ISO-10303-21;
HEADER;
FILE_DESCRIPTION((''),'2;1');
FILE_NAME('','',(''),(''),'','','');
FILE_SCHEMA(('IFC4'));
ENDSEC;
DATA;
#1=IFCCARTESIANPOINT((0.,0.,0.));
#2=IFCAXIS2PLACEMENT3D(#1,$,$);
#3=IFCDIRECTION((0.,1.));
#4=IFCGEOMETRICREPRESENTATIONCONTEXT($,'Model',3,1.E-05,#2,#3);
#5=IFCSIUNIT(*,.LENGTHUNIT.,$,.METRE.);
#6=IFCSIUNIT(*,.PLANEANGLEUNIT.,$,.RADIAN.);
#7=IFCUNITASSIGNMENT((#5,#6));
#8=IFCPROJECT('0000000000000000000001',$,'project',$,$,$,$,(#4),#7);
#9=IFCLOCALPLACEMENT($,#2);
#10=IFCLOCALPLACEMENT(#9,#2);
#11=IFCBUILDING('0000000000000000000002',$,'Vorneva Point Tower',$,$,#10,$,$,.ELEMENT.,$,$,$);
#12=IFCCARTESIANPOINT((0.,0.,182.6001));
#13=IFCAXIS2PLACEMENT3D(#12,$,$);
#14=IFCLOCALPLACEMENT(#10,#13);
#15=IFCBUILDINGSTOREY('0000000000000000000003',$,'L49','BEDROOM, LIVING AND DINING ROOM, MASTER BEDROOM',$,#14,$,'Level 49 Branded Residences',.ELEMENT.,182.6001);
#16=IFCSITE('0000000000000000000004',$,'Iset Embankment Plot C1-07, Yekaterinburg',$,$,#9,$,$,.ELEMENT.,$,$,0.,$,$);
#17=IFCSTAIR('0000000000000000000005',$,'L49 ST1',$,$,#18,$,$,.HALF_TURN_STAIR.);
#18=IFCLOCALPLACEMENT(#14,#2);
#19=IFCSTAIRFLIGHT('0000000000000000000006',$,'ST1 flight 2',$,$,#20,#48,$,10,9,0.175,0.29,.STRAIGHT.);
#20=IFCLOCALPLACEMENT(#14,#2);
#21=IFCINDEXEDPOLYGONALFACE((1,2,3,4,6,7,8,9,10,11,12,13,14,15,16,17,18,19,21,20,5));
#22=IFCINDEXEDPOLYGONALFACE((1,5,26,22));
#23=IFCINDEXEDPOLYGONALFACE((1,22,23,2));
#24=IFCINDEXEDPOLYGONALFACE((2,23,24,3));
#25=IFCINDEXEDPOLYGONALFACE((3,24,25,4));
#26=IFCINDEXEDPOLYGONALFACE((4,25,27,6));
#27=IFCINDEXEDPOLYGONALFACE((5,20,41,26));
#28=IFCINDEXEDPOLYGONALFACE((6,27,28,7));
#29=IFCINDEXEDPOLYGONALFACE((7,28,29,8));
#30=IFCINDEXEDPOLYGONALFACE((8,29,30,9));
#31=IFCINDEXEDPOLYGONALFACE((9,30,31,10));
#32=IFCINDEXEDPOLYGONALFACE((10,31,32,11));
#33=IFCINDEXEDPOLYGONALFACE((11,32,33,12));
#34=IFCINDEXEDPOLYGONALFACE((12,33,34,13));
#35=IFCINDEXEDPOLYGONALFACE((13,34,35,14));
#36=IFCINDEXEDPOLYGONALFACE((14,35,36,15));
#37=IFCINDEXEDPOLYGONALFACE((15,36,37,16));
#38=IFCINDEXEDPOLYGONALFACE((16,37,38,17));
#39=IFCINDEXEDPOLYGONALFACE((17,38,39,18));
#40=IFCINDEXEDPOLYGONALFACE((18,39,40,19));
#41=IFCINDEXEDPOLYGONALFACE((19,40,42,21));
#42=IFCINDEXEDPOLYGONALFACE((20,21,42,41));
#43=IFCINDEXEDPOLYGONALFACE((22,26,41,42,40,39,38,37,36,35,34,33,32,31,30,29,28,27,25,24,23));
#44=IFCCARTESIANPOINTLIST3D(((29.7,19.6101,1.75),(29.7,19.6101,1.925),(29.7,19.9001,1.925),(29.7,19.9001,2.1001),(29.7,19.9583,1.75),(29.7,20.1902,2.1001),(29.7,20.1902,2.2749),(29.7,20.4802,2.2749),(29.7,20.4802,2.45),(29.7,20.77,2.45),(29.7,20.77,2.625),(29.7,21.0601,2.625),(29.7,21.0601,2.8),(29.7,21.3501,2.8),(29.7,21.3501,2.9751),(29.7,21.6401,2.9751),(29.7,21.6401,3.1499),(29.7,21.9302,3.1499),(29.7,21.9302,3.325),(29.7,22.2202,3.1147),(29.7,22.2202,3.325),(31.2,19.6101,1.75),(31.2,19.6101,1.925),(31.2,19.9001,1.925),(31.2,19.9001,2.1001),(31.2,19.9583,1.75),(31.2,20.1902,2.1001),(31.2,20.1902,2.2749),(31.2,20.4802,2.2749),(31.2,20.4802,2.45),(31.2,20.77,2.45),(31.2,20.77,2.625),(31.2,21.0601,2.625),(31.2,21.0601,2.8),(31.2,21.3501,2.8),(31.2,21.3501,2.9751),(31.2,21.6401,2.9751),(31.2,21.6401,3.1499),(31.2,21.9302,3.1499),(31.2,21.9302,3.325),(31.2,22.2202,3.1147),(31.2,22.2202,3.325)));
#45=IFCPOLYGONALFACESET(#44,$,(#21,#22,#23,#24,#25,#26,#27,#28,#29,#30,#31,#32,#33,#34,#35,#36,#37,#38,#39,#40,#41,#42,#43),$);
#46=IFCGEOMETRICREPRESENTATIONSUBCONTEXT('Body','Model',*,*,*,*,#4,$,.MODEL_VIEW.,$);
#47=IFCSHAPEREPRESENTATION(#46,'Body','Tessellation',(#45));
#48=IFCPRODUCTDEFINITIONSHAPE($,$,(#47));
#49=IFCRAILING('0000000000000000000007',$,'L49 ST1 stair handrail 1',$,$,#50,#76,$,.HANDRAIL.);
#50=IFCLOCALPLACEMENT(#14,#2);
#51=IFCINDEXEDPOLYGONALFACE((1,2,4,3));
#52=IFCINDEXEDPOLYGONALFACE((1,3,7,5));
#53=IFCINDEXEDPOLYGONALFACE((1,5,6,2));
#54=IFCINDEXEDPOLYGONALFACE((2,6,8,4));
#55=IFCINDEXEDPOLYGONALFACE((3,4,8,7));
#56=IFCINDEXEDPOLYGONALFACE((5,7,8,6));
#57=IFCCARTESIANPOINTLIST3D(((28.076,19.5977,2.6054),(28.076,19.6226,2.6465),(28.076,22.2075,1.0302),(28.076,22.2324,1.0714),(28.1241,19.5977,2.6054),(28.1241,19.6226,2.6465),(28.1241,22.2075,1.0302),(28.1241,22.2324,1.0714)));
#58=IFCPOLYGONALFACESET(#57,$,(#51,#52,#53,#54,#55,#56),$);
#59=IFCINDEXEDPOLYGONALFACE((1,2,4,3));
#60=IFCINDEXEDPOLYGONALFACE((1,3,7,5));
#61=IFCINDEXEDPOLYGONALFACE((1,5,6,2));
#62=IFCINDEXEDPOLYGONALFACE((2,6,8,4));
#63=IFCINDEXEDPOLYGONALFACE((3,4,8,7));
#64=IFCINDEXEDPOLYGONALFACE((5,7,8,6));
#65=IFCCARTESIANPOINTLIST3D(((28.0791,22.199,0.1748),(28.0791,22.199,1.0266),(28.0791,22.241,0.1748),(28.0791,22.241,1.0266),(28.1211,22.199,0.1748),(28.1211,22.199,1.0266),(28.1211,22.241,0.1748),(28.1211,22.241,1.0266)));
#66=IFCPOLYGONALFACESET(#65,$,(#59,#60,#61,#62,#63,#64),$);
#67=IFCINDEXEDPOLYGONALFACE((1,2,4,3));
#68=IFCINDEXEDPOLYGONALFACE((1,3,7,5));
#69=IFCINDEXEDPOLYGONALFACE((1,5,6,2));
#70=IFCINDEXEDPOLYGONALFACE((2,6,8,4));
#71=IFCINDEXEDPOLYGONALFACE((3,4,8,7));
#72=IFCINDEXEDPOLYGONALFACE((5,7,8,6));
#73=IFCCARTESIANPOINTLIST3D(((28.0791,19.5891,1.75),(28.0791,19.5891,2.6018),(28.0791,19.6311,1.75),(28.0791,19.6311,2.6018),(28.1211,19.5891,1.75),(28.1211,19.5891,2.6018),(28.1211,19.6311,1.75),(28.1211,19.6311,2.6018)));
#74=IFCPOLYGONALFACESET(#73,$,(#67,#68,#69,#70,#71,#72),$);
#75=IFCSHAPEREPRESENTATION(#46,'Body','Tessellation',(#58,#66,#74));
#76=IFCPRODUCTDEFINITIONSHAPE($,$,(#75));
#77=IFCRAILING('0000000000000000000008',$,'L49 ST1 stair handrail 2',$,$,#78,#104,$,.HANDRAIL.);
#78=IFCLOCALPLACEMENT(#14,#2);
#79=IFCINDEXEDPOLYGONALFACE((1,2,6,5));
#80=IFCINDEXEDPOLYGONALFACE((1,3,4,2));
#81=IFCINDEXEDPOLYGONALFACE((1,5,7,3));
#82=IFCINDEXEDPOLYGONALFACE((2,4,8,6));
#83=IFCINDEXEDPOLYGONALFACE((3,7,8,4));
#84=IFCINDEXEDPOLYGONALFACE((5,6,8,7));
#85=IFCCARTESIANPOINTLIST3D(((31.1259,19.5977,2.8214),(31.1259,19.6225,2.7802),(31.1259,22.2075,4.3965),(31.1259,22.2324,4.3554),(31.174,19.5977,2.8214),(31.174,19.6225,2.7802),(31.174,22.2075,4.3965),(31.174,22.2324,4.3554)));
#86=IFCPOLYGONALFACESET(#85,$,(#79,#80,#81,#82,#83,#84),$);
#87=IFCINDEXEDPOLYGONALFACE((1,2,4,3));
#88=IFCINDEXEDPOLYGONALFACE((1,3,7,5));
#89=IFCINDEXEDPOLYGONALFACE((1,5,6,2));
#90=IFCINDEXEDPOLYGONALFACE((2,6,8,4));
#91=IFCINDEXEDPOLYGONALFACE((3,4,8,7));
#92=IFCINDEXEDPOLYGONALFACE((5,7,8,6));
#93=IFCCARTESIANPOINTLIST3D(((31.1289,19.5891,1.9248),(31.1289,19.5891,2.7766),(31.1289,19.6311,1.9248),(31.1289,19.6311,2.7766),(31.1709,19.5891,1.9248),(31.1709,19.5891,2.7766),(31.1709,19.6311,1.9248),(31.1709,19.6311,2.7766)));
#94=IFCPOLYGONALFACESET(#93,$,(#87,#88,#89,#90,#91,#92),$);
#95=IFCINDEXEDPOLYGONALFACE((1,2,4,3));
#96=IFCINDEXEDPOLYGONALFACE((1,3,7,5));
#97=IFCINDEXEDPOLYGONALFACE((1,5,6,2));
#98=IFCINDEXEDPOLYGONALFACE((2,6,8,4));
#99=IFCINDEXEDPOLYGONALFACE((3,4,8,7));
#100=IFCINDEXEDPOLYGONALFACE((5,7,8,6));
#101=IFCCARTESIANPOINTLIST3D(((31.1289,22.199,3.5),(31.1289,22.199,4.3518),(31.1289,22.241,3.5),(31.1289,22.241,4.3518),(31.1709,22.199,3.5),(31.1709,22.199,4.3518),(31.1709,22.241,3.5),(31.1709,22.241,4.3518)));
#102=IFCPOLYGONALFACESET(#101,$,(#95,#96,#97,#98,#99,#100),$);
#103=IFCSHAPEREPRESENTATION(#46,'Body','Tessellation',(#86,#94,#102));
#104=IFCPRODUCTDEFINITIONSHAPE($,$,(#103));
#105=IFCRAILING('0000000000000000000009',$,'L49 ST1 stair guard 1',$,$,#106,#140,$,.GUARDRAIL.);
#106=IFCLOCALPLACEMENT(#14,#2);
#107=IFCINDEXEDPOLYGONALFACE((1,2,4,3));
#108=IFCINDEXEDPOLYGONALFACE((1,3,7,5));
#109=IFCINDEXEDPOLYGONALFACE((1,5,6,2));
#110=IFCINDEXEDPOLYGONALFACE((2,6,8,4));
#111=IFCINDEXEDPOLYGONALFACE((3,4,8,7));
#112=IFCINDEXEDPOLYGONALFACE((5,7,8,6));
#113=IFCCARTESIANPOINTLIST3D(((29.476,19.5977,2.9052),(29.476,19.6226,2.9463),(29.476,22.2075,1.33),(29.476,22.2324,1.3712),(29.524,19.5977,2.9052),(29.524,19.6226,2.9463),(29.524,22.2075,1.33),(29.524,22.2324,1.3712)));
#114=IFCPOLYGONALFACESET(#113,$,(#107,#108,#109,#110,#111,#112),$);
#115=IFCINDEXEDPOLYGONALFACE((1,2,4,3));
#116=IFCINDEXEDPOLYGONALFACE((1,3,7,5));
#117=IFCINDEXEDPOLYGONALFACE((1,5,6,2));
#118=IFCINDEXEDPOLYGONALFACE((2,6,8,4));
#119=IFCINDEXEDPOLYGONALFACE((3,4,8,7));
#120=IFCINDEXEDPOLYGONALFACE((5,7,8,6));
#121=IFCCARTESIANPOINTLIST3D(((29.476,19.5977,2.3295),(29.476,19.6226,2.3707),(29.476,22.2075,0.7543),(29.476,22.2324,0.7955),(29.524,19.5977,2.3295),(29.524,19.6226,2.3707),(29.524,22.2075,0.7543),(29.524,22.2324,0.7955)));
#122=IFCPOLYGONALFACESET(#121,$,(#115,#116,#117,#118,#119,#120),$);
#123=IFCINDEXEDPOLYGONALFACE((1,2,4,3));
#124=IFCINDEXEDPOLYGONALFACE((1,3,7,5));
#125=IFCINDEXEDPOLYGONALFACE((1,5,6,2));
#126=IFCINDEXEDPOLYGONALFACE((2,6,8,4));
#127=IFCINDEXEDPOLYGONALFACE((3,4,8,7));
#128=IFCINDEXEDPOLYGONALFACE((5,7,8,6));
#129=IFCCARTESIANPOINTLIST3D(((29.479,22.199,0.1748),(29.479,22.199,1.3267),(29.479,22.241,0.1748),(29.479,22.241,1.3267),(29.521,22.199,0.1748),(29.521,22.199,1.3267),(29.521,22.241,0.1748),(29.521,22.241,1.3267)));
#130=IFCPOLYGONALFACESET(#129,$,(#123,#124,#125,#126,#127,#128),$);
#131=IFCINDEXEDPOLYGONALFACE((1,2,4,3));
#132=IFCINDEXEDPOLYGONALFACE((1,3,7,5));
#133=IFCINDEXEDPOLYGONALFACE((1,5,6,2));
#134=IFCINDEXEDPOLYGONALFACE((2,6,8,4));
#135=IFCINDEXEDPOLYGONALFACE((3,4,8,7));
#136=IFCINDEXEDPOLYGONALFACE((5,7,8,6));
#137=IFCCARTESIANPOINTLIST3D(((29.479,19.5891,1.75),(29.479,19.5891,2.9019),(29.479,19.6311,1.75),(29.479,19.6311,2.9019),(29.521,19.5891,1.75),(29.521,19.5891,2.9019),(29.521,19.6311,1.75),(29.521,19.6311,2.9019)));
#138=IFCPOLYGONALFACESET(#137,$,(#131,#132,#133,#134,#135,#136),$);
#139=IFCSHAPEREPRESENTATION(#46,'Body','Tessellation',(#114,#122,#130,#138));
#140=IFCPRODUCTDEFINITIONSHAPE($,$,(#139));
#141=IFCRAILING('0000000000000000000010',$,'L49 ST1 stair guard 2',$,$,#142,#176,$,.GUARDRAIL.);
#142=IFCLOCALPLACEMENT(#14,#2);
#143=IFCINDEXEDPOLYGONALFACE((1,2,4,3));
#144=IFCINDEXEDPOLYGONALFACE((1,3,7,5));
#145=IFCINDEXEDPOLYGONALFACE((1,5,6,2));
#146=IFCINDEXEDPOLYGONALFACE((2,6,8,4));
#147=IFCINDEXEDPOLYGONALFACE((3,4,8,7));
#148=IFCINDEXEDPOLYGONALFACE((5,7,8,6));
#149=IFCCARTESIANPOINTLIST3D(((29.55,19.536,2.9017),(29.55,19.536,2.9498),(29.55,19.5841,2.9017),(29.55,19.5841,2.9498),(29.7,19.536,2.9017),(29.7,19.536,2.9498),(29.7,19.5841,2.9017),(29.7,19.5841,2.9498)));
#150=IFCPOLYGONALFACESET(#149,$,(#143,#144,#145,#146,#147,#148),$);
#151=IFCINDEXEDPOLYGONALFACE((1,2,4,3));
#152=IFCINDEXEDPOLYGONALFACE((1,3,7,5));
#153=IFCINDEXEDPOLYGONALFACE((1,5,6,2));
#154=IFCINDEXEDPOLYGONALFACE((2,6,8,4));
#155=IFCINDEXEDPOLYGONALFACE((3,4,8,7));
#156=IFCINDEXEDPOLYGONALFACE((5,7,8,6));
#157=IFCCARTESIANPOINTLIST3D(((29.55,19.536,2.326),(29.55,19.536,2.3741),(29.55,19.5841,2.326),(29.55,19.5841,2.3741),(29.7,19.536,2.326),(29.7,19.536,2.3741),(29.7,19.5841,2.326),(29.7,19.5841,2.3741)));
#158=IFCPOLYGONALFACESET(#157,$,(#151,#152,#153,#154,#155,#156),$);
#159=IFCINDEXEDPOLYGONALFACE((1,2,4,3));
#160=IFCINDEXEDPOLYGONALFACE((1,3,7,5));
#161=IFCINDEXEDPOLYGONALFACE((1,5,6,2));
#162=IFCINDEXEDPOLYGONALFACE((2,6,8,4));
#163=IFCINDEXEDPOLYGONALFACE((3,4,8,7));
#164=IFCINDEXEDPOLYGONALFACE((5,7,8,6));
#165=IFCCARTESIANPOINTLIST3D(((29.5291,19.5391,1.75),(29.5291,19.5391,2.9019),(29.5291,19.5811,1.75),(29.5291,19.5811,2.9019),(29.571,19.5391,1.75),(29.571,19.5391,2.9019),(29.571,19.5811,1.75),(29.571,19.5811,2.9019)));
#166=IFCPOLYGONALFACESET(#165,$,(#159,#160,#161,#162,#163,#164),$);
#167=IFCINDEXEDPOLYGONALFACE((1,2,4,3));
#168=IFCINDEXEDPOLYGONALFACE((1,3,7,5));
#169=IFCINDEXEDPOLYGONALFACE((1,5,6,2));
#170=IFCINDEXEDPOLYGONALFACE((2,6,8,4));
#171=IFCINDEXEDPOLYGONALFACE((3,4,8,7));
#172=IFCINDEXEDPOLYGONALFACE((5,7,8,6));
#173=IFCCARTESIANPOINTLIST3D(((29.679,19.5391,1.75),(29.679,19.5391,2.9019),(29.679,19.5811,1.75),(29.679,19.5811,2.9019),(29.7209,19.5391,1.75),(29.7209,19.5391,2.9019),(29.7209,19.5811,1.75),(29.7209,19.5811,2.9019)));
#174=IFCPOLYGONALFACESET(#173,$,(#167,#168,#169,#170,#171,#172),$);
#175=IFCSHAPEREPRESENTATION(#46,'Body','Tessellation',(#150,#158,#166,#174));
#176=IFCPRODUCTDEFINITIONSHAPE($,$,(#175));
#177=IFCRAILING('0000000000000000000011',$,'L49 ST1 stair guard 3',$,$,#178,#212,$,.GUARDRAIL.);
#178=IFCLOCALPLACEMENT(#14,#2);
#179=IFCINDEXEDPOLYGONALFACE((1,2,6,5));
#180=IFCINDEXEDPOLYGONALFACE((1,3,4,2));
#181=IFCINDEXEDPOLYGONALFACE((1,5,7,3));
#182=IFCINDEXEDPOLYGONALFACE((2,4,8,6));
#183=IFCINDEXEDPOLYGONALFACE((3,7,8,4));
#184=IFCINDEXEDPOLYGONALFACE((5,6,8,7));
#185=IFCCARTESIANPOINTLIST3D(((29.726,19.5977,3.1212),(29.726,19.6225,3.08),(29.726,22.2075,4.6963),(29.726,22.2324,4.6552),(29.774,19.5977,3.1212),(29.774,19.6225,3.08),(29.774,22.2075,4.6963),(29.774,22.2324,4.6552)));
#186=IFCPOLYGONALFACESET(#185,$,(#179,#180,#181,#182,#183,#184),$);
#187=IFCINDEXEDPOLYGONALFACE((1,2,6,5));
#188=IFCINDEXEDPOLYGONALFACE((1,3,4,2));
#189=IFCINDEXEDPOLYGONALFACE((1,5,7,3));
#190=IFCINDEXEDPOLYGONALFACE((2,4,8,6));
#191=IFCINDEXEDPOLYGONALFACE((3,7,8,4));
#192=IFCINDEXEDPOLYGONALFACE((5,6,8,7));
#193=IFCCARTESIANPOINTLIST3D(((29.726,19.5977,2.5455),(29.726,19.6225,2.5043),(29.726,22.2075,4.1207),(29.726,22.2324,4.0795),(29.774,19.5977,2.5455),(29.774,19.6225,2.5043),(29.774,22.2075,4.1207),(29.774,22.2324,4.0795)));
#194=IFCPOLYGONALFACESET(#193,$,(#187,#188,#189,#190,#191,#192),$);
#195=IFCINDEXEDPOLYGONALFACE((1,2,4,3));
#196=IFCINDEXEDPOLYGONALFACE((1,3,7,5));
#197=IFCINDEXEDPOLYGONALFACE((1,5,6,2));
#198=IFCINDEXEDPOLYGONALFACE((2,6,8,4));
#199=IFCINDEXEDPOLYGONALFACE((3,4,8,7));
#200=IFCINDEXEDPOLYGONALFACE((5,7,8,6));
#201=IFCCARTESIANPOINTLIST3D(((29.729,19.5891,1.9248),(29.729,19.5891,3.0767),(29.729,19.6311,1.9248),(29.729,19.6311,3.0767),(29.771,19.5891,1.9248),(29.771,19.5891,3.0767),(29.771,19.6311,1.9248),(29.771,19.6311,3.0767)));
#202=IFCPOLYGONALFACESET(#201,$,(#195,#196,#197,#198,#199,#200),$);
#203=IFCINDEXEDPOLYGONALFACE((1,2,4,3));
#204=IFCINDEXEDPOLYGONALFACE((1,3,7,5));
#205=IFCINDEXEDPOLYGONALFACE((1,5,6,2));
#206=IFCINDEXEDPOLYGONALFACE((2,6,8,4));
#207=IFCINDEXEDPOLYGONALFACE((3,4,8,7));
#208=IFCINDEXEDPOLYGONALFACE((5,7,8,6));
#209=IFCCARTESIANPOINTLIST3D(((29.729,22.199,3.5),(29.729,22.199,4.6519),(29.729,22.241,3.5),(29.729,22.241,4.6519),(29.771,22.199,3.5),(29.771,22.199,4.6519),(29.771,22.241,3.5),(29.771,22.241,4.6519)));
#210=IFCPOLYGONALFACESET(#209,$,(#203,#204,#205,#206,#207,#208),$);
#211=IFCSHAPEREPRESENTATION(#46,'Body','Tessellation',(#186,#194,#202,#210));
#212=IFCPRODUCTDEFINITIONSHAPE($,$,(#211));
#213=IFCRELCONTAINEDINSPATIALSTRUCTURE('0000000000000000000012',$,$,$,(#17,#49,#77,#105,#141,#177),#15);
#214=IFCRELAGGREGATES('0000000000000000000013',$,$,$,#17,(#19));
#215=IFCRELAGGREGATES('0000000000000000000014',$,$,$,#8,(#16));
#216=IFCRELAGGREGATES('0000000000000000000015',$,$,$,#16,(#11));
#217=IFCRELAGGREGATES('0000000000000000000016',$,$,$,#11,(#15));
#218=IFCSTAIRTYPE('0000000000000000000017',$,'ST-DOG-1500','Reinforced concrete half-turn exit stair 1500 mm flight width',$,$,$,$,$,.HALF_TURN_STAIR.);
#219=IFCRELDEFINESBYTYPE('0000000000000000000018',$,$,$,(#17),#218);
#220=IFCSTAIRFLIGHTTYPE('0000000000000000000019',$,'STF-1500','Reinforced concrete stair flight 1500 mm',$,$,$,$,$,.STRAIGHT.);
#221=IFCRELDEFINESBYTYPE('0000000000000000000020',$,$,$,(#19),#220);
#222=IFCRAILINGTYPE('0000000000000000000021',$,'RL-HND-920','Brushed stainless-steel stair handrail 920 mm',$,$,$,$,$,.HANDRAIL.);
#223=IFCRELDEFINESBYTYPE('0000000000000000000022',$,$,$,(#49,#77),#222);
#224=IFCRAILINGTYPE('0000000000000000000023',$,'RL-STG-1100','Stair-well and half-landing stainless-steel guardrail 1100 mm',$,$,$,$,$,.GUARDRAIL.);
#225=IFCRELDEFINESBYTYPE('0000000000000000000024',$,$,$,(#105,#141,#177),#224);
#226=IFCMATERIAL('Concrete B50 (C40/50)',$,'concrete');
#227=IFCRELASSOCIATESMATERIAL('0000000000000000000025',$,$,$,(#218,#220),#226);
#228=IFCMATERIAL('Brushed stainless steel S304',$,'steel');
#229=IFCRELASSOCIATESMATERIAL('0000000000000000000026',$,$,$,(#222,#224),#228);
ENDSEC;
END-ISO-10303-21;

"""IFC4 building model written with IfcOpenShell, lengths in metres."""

from ifc_helpers import new_model, si_unit, direction, frame, origin, origin_2d, place, context, subcontext, project, spatial, polyline, rectangle, outline, extrude, material, type_object, element, aggregate, save


model = new_model("IFC4")

# Units and contexts
model_context = context("Model", 3, precision=1e-05, world=origin(), true_north=direction((0.0, 1.0)))
body_context = subcontext(model_context, "Body", "Model", "MODEL_VIEW")
ifc_project = project(units=[si_unit("LENGTHUNIT", "METRE"), si_unit("PLANEANGLEUNIT", "RADIAN")], contexts=[model_context])

# Site, building, storey
site_placement = place(None, origin())
site = spatial("IfcSite", under=ifc_project, at=site_placement, Name="Iset Embankment Plot C1-07, Yekaterinburg", CompositionType="ELEMENT", RefElevation=0.0)
building_placement = place(site_placement, origin())
building = spatial("IfcBuilding", under=site, at=building_placement, Name="Vorneva Point Tower", CompositionType="ELEMENT")
storey_placement = place(building_placement, frame((0.0, 0.0, 182.6001)))
storey = spatial("IfcBuildingStorey", under=building, at=storey_placement, Name="L49", Description="BEDROOM, LIVING AND DINING ROOM, MASTER BEDROOM", LongName="Level 49 Branded Residences", CompositionType="ELEMENT", Elevation=182.6001)

# Shared definitions
ifc_material_1 = material(Name="Concrete B50 (C40/50)", Category="concrete")

# Shared definitions
ifc_material_2 = material(Name="Brushed stainless steel S304", Category="steel")

# Stair, stair flight
stair_type = type_object("IfcStairType", Name="ST-DOG-1500", Description="Reinforced concrete half-turn exit stair 1500 mm flight width", PredefinedType="HALF_TURN_STAIR", material=ifc_material_1)
stair_placement = place(storey_placement, origin())
stair = element("IfcStair", 1, at=stair_placement, inside=storey, type_object=stair_type, Name="L49 ST1", PredefinedType="HALF_TURN_STAIR")
stair_flight_type = type_object("IfcStairFlightType", Name="STF-1500", Description="Reinforced concrete stair flight 1500 mm", PredefinedType="STRAIGHT", material=ifc_material_1)
stair_flight_1_placement = place(storey_placement, frame((30.45, 19.6101, 1.75), z_axis=(0.0, 0.0, 1.0), x_axis=(0.0, 1.0, 0.0)))
stair_flight_1 = element("IfcStairFlight", 2, at=stair_flight_1_placement, type_object=stair_flight_type, Name="ST1 flight 2", NumberOfRisers=10, NumberOfTreads=9, PredefinedType="STRAIGHT", RiserHeight=0.175, TreadLength=0.29, context=body_context, shape_type="SweptSolid", body=[
    extrude(outline(polyline([(0.0, 0.0), (0.0, 0.175), (0.29, 0.175), (0.29, 0.3501), (0.5801, 0.3501), (0.5801, 0.5249), (0.8701, 0.5249), (0.8701, 0.7), (1.1599, 0.7), (1.1599, 0.875), (1.45, 0.875), (1.45, 1.05), (1.74, 1.05), (1.74, 1.2251), (2.03, 1.2251), (2.03, 1.3999), (2.3201, 1.3999), (2.3201, 1.575), (2.6101, 1.575), (2.6101, 1.75), (2.6101, 1.3647), (0.3481, 0.0), (0.0, 0.0)])), frame((0.0, 0.75, 0.0), z_axis=(0.0, -1.0, 0.0), x_axis=(1.0, 0.0, 0.0)), (0.0, 0.0, 1.0), 1.5),
])
aggregate(stair, [stair_flight_1])

# Railings
railing_type_1 = type_object("IfcRailingType", Name="RL-HND-920", Description="Brushed stainless-steel stair handrail 920 mm", PredefinedType="HANDRAIL", material=ifc_material_2)
railing_1_placement = place(storey_placement, frame((28.1001, 22.22, 0.1748)))
element("IfcRailing", 3, at=railing_1_placement, inside=storey, type_object=railing_type_1, Name="L49 ST1 stair handrail 1", PredefinedType="HANDRAIL", context=body_context, shape_type="SweptSolid", body=[
    extrude(rectangle(XDim=0.0481, YDim=0.0481, at=origin_2d()), frame((0.0, 0.0, 0.876), z_axis=(0.0, -0.856147, 0.516732), x_axis=(1.0, 0.0, 0.0)), (0.0, 0.0, 1.0), 3.0483),
    extrude(rectangle(XDim=0.042, YDim=0.042, at=origin_2d()), origin(), (0.0, 0.0, 1.0), 0.8518),
    extrude(rectangle(XDim=0.042, YDim=0.042, at=origin_2d()), frame((0.0, -2.6099, 1.5752)), (0.0, 0.0, 1.0), 0.8518),
])
railing_2_placement = place(storey_placement, frame((31.1499, 19.6101, 1.9248)))
element("IfcRailing", 4, at=railing_2_placement, inside=storey, type_object=railing_type_1, Name="L49 ST1 stair handrail 2", PredefinedType="HANDRAIL", context=body_context, shape_type="SweptSolid", body=[
    extrude(rectangle(XDim=0.0481, YDim=0.0481, at=origin_2d()), frame((0.0, 0.0, 0.876), z_axis=(0.0, 0.856147, 0.516732), x_axis=(-1.0, 0.0, 0.0)), (0.0, 0.0, 1.0), 3.0483),
    extrude(rectangle(XDim=0.042, YDim=0.042, at=origin_2d()), origin(), (0.0, 0.0, 1.0), 0.8518),
    extrude(rectangle(XDim=0.042, YDim=0.042, at=origin_2d()), frame((0.0, 2.6099, 1.5752)), (0.0, 0.0, 1.0), 0.8518),
])
railing_type_2 = type_object("IfcRailingType", Name="RL-STG-1100", Description="Stair-well and half-landing stainless-steel guardrail 1100 mm", PredefinedType="GUARDRAIL", material=ifc_material_2)
railing_3_placement = place(storey_placement, frame((29.5, 22.22, 0.1748)))
element("IfcRailing", 5, at=railing_3_placement, inside=storey, type_object=railing_type_2, Name="L49 ST1 stair guard 1", PredefinedType="GUARDRAIL", context=body_context, shape_type="SweptSolid", body=[
    extrude(rectangle(XDim=0.0481, YDim=0.0481, at=origin_2d()), frame((0.0, 0.0, 1.1758), z_axis=(0.0, -0.856147, 0.516732), x_axis=(1.0, 0.0, 0.0)), (0.0, 0.0, 1.0), 3.0483),
    extrude(rectangle(XDim=0.0481, YDim=0.0481, at=origin_2d()), frame((0.0, 0.0, 0.6001), z_axis=(0.0, -0.856147, 0.516732), x_axis=(1.0, 0.0, 0.0)), (0.0, 0.0, 1.0), 3.0483),
    extrude(rectangle(XDim=0.042, YDim=0.042, at=origin_2d()), origin(), (0.0, 0.0, 1.0), 1.1519),
    extrude(rectangle(XDim=0.042, YDim=0.042, at=origin_2d()), frame((0.0, -2.6099, 1.5752)), (0.0, 0.0, 1.0), 1.1519),
])
railing_4_placement = place(storey_placement, frame((29.55, 19.5601, 1.75)))
element("IfcRailing", 6, at=railing_4_placement, inside=storey, type_object=railing_type_2, Name="L49 ST1 stair guard 2", PredefinedType="GUARDRAIL", context=body_context, shape_type="SweptSolid", body=[
    extrude(rectangle(XDim=0.0481, YDim=0.0481, at=origin_2d()), frame((0.0, 0.0, 1.1758), z_axis=(1.0, 0.0, 0.0), x_axis=(0.0, 1.0, 0.0)), (0.0, 0.0, 1.0), 0.1499),
    extrude(rectangle(XDim=0.0481, YDim=0.0481, at=origin_2d()), frame((0.0, 0.0, 0.6001), z_axis=(1.0, 0.0, 0.0), x_axis=(0.0, 1.0, 0.0)), (0.0, 0.0, 1.0), 0.1499),
    extrude(rectangle(XDim=0.042, YDim=0.042, at=origin_2d()), origin(), (0.0, 0.0, 1.0), 1.1519),
    extrude(rectangle(XDim=0.042, YDim=0.042, at=origin_2d()), frame((0.1499, 0.0, 0.0)), (0.0, 0.0, 1.0), 1.1519),
])
railing_5_placement = place(storey_placement, frame((29.75, 19.6101, 1.9248)))
element("IfcRailing", 7, at=railing_5_placement, inside=storey, type_object=railing_type_2, Name="L49 ST1 stair guard 3", PredefinedType="GUARDRAIL", context=body_context, shape_type="SweptSolid", body=[
    extrude(rectangle(XDim=0.0481, YDim=0.0481, at=origin_2d()), frame((0.0, 0.0, 1.1758), z_axis=(0.0, 0.856147, 0.516732), x_axis=(-1.0, 0.0, 0.0)), (0.0, 0.0, 1.0), 3.0483),
    extrude(rectangle(XDim=0.0481, YDim=0.0481, at=origin_2d()), frame((0.0, 0.0, 0.6001), z_axis=(0.0, 0.856147, 0.516732), x_axis=(-1.0, 0.0, 0.0)), (0.0, 0.0, 1.0), 3.0483),
    extrude(rectangle(XDim=0.042, YDim=0.042, at=origin_2d()), origin(), (0.0, 0.0, 1.0), 1.1519),
    extrude(rectangle(XDim=0.042, YDim=0.042, at=origin_2d()), frame((0.0, 2.6099, 1.5752)), (0.0, 0.0, 1.0), 1.1519),
])

save(model, "model.ifc")
